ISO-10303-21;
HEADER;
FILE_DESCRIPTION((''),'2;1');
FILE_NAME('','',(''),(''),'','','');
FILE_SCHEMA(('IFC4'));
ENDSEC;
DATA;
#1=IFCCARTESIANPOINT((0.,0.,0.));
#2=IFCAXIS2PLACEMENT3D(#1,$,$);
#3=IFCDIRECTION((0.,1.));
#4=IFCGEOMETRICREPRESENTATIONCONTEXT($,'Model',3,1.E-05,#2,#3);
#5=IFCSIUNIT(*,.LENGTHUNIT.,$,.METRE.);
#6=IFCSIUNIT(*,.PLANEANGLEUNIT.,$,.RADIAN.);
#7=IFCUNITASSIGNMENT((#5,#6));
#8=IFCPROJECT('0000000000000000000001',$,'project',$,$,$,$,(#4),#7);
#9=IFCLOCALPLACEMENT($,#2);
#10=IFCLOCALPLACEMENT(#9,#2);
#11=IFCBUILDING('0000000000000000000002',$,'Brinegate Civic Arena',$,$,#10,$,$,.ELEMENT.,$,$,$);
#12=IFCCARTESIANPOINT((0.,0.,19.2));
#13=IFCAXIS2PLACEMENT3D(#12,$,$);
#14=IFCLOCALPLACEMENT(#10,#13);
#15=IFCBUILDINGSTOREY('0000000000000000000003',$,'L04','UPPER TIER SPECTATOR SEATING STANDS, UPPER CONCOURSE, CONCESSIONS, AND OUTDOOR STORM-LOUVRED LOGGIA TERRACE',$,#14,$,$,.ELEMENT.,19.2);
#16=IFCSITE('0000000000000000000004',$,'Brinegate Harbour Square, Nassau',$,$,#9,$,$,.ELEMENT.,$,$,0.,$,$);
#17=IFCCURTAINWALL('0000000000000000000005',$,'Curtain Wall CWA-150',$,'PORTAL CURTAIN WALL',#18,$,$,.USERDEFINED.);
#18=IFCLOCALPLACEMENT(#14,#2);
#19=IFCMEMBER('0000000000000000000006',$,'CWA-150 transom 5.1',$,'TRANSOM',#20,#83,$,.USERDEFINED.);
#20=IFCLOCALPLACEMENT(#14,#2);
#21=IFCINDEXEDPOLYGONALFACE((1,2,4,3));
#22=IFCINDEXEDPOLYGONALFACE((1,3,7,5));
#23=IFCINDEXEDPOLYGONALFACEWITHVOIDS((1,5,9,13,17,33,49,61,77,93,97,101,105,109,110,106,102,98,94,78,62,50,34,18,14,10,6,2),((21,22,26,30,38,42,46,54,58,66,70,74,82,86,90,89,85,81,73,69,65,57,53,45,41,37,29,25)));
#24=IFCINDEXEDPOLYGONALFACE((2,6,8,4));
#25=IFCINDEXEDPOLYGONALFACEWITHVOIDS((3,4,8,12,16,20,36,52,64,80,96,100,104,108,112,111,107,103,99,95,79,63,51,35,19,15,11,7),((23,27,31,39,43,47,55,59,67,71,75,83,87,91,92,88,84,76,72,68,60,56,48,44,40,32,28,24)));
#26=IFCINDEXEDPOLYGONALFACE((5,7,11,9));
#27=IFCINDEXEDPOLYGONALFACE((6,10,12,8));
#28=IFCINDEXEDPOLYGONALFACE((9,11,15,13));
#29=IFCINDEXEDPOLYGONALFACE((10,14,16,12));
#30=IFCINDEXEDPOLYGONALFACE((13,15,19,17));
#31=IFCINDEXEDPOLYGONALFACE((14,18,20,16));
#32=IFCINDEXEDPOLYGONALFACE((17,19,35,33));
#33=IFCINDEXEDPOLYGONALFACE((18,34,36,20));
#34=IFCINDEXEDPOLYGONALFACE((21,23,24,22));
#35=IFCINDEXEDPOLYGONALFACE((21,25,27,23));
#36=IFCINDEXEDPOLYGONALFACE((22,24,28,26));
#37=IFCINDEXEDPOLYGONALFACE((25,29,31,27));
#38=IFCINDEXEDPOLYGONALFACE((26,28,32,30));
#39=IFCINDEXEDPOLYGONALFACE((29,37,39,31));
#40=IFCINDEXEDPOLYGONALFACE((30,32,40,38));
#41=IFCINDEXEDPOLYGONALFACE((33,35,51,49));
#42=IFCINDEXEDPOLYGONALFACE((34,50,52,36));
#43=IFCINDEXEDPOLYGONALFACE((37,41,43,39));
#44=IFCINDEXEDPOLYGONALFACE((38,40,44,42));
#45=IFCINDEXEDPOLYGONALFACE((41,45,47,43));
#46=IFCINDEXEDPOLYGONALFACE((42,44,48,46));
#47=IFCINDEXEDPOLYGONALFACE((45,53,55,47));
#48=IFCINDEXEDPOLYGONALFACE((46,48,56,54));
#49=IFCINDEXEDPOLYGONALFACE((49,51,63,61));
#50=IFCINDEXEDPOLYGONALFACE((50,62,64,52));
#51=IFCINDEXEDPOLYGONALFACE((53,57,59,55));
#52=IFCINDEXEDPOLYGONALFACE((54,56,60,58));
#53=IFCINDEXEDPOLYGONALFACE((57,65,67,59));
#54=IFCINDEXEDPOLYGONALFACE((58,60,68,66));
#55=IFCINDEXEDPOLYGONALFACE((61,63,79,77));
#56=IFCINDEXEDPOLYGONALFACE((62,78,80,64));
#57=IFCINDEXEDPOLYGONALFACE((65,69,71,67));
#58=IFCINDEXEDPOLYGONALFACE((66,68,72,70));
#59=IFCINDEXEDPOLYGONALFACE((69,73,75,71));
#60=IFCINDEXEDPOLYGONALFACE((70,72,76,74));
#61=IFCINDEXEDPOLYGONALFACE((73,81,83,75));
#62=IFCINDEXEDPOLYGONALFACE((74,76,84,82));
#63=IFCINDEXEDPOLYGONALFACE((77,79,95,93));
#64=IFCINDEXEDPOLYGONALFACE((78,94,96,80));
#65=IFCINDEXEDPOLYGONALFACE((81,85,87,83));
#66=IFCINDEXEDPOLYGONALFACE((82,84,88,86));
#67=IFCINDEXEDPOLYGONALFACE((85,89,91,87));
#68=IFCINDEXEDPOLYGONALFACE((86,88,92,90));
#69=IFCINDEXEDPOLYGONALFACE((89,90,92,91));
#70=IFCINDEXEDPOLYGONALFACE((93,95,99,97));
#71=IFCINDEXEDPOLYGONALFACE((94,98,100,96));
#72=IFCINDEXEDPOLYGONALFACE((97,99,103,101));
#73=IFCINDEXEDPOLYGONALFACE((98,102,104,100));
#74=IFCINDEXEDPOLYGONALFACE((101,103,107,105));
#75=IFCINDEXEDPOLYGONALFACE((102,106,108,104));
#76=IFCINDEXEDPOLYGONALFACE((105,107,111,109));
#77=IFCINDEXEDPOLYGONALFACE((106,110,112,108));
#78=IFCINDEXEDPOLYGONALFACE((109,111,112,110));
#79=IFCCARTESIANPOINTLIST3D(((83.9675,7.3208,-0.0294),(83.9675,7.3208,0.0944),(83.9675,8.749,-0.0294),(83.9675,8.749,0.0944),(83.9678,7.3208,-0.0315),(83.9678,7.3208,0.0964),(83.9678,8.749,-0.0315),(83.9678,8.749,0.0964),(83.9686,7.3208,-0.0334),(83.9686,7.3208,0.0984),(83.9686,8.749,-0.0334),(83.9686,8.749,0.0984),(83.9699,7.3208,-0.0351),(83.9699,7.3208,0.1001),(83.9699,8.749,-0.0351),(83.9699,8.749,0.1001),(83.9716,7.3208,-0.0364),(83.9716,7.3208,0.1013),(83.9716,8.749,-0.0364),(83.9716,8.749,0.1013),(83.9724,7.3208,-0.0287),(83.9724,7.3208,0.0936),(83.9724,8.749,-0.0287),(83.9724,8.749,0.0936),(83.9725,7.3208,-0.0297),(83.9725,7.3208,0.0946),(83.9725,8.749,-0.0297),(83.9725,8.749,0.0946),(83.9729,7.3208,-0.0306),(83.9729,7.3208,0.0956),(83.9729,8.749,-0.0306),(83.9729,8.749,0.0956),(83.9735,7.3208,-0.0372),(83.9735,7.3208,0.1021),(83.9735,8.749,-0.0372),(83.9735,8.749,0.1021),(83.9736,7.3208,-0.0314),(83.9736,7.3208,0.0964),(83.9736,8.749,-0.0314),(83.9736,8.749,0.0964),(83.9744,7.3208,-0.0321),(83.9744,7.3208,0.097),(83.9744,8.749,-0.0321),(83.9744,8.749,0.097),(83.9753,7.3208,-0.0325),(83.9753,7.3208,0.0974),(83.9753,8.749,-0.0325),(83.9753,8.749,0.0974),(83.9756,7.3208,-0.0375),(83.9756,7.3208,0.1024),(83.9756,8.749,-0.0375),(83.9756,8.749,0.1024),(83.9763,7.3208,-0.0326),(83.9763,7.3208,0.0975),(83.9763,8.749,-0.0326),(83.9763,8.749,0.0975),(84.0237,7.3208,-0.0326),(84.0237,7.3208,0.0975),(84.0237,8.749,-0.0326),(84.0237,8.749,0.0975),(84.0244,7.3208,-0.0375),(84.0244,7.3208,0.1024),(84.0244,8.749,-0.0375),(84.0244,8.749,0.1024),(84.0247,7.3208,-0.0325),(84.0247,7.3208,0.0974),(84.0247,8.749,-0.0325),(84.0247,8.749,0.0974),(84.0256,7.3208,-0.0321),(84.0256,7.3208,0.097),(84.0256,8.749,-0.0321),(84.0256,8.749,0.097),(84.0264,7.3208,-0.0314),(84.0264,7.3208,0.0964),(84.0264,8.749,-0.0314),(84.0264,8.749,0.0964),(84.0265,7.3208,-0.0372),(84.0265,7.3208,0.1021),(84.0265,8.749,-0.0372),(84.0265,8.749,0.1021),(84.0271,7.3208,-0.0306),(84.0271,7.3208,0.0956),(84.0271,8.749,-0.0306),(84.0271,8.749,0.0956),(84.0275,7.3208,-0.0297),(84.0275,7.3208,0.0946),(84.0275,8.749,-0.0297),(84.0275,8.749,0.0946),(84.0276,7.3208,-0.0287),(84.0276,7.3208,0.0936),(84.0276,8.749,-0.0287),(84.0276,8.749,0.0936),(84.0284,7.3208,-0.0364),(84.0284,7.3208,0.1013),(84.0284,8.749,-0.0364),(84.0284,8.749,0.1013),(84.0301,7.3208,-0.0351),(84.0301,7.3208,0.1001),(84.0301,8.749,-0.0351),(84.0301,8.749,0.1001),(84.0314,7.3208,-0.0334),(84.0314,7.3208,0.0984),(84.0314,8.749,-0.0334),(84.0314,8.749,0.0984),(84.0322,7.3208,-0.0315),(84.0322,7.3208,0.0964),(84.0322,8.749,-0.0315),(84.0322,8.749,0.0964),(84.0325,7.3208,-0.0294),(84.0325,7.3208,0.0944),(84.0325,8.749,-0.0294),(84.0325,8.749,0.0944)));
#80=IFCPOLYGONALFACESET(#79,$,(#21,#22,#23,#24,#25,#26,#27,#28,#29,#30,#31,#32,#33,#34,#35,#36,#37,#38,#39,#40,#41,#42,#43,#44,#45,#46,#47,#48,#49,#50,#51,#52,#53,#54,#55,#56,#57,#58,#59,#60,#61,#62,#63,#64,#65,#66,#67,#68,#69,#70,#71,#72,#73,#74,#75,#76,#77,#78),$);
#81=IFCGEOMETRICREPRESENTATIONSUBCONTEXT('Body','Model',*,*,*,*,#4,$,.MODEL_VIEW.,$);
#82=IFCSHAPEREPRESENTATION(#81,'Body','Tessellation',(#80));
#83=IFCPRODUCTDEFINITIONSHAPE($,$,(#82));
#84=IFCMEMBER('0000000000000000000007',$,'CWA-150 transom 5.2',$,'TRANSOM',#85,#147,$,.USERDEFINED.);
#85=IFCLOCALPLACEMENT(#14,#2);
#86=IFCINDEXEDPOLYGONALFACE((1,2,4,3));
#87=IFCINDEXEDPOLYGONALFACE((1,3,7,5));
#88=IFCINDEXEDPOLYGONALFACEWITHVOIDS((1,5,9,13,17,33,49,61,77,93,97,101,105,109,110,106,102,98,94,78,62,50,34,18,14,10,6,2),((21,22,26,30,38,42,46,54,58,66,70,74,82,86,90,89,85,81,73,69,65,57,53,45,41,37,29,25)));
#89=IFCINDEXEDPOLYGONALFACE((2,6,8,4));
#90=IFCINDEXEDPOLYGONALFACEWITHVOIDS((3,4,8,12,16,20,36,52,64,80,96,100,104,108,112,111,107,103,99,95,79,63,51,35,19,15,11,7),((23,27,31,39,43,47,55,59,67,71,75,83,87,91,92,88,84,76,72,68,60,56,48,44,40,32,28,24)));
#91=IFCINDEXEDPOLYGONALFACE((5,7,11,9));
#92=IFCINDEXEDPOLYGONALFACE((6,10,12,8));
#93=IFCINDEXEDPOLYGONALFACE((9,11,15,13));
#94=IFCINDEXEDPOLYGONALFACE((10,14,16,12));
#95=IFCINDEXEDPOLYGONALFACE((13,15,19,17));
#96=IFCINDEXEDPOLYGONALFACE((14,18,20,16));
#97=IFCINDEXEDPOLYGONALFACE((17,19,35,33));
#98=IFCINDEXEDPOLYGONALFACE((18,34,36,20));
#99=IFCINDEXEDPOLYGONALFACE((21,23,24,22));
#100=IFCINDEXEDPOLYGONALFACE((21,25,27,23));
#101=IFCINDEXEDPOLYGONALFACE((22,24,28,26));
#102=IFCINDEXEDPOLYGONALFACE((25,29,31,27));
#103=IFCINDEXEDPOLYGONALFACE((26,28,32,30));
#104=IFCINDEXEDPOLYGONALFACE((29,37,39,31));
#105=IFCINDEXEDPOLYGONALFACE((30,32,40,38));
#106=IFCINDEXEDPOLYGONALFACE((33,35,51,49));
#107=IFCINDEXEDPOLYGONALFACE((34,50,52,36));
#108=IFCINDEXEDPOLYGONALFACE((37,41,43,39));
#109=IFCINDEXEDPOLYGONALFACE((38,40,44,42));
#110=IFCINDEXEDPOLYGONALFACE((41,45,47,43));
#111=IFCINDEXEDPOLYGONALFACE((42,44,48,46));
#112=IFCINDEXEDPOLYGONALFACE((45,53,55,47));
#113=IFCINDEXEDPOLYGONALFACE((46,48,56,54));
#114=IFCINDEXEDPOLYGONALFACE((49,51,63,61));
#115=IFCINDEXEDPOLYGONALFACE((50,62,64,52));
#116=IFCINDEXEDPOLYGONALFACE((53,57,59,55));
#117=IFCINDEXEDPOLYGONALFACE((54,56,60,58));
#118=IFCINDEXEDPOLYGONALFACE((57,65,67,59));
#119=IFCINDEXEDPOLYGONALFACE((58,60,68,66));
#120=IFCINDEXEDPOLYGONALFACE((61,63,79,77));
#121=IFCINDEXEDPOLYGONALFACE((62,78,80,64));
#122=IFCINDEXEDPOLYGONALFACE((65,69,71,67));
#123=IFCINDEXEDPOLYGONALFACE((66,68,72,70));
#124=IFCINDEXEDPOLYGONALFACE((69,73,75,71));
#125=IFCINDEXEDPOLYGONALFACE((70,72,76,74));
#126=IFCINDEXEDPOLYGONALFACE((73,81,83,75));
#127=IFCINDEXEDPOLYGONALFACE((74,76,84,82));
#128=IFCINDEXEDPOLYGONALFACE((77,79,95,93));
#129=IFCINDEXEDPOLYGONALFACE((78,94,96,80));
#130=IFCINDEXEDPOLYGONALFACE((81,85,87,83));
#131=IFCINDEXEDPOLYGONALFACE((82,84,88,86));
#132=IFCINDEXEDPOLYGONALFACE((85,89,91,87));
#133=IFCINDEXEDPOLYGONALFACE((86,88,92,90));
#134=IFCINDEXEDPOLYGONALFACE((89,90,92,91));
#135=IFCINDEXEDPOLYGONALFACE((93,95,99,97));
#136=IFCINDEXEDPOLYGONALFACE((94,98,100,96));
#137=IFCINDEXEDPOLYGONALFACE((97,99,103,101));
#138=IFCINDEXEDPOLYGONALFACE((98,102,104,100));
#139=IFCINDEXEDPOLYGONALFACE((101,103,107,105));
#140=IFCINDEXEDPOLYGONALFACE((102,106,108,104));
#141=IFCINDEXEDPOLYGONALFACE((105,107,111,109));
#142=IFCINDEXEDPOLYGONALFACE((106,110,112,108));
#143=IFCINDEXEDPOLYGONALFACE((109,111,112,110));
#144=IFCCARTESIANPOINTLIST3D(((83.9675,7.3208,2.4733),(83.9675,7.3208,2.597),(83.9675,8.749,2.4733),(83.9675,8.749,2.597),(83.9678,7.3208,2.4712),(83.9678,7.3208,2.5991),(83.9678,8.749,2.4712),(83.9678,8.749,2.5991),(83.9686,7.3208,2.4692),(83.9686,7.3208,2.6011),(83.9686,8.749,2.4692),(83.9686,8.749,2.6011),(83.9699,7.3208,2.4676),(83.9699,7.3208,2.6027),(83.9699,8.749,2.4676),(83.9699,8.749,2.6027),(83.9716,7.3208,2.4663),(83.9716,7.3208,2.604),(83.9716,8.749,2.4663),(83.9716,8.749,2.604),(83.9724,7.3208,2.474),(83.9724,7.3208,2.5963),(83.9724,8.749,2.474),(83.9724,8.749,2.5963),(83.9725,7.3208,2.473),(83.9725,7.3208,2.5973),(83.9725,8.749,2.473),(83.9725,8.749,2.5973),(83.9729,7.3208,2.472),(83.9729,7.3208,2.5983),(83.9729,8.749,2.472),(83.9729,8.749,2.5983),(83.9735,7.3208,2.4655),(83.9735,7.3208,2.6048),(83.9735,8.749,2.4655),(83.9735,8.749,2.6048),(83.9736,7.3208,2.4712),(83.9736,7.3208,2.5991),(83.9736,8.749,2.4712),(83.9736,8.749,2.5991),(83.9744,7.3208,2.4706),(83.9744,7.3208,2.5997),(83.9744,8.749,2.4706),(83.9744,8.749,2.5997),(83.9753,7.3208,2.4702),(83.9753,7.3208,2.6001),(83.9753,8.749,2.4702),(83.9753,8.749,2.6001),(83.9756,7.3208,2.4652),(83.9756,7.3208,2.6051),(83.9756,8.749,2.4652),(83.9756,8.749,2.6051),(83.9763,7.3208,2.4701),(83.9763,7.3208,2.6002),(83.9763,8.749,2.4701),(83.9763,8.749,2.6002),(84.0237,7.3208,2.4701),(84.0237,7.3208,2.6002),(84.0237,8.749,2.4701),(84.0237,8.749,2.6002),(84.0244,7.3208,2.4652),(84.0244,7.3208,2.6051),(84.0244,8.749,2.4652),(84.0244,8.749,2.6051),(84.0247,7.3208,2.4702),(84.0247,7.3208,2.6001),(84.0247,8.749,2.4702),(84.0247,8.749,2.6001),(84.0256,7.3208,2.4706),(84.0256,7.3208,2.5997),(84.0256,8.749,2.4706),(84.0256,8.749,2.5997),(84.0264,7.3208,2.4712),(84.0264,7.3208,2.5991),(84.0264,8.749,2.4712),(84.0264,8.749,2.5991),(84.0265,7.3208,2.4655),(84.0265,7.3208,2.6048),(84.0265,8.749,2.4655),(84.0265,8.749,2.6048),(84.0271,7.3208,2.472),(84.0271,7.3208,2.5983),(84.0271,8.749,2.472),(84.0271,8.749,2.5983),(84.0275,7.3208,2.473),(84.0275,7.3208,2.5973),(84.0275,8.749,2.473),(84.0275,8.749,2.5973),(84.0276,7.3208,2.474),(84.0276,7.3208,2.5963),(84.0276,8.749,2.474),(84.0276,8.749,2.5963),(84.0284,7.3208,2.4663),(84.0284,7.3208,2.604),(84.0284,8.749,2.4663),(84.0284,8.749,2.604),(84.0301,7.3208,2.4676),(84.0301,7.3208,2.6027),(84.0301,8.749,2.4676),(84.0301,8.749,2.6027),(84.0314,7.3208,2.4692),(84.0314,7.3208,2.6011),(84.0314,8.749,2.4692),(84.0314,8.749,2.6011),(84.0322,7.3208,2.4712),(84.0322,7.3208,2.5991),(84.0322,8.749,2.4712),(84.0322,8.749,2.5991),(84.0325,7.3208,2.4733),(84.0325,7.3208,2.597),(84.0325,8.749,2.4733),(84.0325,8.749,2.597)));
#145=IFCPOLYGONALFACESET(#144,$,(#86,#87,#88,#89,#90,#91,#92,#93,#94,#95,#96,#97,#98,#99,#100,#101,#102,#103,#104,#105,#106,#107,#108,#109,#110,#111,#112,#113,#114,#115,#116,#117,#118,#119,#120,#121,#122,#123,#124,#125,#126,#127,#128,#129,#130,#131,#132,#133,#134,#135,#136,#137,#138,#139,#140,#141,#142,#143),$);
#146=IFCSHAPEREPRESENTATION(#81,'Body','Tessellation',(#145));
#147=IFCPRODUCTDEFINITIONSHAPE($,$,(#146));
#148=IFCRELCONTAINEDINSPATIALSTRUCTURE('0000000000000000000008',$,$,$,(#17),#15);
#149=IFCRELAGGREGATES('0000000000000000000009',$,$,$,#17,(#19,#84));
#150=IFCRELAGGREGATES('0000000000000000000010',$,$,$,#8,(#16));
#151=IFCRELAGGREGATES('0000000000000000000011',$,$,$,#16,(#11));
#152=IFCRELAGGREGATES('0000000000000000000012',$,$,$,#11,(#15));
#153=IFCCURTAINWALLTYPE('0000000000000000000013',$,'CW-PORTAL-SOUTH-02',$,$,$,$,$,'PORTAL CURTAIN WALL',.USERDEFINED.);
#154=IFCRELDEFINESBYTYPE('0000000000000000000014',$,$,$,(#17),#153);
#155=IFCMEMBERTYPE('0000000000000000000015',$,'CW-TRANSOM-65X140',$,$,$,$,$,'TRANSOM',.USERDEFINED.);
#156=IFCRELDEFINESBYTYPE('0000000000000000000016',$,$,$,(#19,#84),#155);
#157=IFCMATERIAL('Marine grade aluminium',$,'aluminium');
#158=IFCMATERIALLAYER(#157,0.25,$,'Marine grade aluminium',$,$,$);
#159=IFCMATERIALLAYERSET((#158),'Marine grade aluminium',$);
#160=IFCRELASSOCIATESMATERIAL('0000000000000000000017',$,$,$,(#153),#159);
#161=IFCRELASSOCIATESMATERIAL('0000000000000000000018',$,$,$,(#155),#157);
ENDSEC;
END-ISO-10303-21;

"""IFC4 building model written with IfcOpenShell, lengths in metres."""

from ifc_helpers import new_model, si_unit, direction, frame, origin, origin_2d, place, context, subcontext, project, spatial, hollow_rectangle, extrude, material, layer, layer_set, material_profile, profile_set, type_object, element, aggregate, save


model = new_model("IFC4")

# Units and contexts
model_context = context("Model", 3, precision=1e-05, world=origin(), true_north=direction((0.0, 1.0)))
body_context = subcontext(model_context, "Body", "Model", "MODEL_VIEW")
ifc_project = project(units=[si_unit("LENGTHUNIT", "METRE"), si_unit("PLANEANGLEUNIT", "RADIAN")], contexts=[model_context])

# Site, building, storey
site_placement = place(None, origin())
site = spatial("IfcSite", under=ifc_project, at=site_placement, Name="Brinegate Harbour Square, Nassau", CompositionType="ELEMENT", RefElevation=0.0)
building_placement = place(site_placement, origin())
building = spatial("IfcBuilding", under=site, at=building_placement, Name="Brinegate Civic Arena", CompositionType="ELEMENT")
storey_placement = place(building_placement, frame((0.0, 0.0, 19.2)))
storey = spatial("IfcBuildingStorey", under=building, at=storey_placement, Name="L04", Description="UPPER TIER SPECTATOR SEATING STANDS, UPPER CONCOURSE, CONCESSIONS, AND OUTDOOR STORM-LOUVRED LOGGIA TERRACE", CompositionType="ELEMENT", Elevation=19.2)

# Curtain wall
ifc_material_1 = material(Name="Marine grade aluminium", Category="aluminium")
ifc_layer_1 = layer(ifc_material_1, 0.25, Name="Marine grade aluminium")
ifc_layer_set_1 = layer_set([ifc_layer_1], Name="Marine grade aluminium")
curtain_wall_type = type_object("IfcCurtainWallType", Name="CW-PORTAL-SOUTH-02", ElementType="PORTAL CURTAIN WALL", PredefinedType="USERDEFINED", material=ifc_layer_set_1)
curtain_wall_1_placement = place(storey_placement, origin())
curtain_wall_1 = element("IfcCurtainWall", 1, at=curtain_wall_1_placement, inside=storey, type_object=curtain_wall_type, Name="Curtain Wall CWA-150", ObjectType="PORTAL CURTAIN WALL", PredefinedType="USERDEFINED")
ifc_material_profile_1 = material_profile(ifc_material_1, hollow_rectangle(XDim=0.0649, YDim=0.1399, WallThickness=0.0049, InnerFilletRadius=0.0039, OuterFilletRadius=0.0081, at=origin_2d()), Name="TRN65X140")
ifc_profile_set_1 = profile_set([ifc_material_profile_1], Name="Marine grade aluminium")
member_type_1 = type_object("IfcMemberType", Name="CW-TRANSOM-65X140", ElementType="TRANSOM", PredefinedType="USERDEFINED", material=ifc_profile_set_1)

# Members
member_1_placement = place(storey_placement, frame((84.0, 7.3208, 0.0325), z_axis=(0.0, 1.0, 0.0), x_axis=(-1.0, 0.0, 0.0)))
member_1 = element("IfcMember", 2, at=member_1_placement, type_object=member_type_1, Name="CWA-150 transom 5.1", ObjectType="TRANSOM", PredefinedType="USERDEFINED", context=body_context, shape_type="SweptSolid", body=[
    extrude(hollow_rectangle(XDim=0.0649, YDim=0.1399, WallThickness=0.0049, InnerFilletRadius=0.0039, OuterFilletRadius=0.0081, at=origin_2d()), origin(), (0.0, 0.0, 1.0), 1.4282),
])
member_2_placement = place(storey_placement, frame((84.0, 7.3208, 2.5352), z_axis=(0.0, 1.0, 0.0), x_axis=(-1.0, 0.0, 0.0)))
member_2 = element("IfcMember", 3, at=member_2_placement, type_object=member_type_1, Name="CWA-150 transom 5.2", ObjectType="TRANSOM", PredefinedType="USERDEFINED", context=body_context, shape_type="SweptSolid", body=[
    extrude(hollow_rectangle(XDim=0.0649, YDim=0.1399, WallThickness=0.0049, InnerFilletRadius=0.0039, OuterFilletRadius=0.0081, at=origin_2d()), origin(), (0.0, 0.0, 1.0), 1.4282),
])

aggregate(curtain_wall_1, [member_1, member_2])

save(model, "model.ifc")
